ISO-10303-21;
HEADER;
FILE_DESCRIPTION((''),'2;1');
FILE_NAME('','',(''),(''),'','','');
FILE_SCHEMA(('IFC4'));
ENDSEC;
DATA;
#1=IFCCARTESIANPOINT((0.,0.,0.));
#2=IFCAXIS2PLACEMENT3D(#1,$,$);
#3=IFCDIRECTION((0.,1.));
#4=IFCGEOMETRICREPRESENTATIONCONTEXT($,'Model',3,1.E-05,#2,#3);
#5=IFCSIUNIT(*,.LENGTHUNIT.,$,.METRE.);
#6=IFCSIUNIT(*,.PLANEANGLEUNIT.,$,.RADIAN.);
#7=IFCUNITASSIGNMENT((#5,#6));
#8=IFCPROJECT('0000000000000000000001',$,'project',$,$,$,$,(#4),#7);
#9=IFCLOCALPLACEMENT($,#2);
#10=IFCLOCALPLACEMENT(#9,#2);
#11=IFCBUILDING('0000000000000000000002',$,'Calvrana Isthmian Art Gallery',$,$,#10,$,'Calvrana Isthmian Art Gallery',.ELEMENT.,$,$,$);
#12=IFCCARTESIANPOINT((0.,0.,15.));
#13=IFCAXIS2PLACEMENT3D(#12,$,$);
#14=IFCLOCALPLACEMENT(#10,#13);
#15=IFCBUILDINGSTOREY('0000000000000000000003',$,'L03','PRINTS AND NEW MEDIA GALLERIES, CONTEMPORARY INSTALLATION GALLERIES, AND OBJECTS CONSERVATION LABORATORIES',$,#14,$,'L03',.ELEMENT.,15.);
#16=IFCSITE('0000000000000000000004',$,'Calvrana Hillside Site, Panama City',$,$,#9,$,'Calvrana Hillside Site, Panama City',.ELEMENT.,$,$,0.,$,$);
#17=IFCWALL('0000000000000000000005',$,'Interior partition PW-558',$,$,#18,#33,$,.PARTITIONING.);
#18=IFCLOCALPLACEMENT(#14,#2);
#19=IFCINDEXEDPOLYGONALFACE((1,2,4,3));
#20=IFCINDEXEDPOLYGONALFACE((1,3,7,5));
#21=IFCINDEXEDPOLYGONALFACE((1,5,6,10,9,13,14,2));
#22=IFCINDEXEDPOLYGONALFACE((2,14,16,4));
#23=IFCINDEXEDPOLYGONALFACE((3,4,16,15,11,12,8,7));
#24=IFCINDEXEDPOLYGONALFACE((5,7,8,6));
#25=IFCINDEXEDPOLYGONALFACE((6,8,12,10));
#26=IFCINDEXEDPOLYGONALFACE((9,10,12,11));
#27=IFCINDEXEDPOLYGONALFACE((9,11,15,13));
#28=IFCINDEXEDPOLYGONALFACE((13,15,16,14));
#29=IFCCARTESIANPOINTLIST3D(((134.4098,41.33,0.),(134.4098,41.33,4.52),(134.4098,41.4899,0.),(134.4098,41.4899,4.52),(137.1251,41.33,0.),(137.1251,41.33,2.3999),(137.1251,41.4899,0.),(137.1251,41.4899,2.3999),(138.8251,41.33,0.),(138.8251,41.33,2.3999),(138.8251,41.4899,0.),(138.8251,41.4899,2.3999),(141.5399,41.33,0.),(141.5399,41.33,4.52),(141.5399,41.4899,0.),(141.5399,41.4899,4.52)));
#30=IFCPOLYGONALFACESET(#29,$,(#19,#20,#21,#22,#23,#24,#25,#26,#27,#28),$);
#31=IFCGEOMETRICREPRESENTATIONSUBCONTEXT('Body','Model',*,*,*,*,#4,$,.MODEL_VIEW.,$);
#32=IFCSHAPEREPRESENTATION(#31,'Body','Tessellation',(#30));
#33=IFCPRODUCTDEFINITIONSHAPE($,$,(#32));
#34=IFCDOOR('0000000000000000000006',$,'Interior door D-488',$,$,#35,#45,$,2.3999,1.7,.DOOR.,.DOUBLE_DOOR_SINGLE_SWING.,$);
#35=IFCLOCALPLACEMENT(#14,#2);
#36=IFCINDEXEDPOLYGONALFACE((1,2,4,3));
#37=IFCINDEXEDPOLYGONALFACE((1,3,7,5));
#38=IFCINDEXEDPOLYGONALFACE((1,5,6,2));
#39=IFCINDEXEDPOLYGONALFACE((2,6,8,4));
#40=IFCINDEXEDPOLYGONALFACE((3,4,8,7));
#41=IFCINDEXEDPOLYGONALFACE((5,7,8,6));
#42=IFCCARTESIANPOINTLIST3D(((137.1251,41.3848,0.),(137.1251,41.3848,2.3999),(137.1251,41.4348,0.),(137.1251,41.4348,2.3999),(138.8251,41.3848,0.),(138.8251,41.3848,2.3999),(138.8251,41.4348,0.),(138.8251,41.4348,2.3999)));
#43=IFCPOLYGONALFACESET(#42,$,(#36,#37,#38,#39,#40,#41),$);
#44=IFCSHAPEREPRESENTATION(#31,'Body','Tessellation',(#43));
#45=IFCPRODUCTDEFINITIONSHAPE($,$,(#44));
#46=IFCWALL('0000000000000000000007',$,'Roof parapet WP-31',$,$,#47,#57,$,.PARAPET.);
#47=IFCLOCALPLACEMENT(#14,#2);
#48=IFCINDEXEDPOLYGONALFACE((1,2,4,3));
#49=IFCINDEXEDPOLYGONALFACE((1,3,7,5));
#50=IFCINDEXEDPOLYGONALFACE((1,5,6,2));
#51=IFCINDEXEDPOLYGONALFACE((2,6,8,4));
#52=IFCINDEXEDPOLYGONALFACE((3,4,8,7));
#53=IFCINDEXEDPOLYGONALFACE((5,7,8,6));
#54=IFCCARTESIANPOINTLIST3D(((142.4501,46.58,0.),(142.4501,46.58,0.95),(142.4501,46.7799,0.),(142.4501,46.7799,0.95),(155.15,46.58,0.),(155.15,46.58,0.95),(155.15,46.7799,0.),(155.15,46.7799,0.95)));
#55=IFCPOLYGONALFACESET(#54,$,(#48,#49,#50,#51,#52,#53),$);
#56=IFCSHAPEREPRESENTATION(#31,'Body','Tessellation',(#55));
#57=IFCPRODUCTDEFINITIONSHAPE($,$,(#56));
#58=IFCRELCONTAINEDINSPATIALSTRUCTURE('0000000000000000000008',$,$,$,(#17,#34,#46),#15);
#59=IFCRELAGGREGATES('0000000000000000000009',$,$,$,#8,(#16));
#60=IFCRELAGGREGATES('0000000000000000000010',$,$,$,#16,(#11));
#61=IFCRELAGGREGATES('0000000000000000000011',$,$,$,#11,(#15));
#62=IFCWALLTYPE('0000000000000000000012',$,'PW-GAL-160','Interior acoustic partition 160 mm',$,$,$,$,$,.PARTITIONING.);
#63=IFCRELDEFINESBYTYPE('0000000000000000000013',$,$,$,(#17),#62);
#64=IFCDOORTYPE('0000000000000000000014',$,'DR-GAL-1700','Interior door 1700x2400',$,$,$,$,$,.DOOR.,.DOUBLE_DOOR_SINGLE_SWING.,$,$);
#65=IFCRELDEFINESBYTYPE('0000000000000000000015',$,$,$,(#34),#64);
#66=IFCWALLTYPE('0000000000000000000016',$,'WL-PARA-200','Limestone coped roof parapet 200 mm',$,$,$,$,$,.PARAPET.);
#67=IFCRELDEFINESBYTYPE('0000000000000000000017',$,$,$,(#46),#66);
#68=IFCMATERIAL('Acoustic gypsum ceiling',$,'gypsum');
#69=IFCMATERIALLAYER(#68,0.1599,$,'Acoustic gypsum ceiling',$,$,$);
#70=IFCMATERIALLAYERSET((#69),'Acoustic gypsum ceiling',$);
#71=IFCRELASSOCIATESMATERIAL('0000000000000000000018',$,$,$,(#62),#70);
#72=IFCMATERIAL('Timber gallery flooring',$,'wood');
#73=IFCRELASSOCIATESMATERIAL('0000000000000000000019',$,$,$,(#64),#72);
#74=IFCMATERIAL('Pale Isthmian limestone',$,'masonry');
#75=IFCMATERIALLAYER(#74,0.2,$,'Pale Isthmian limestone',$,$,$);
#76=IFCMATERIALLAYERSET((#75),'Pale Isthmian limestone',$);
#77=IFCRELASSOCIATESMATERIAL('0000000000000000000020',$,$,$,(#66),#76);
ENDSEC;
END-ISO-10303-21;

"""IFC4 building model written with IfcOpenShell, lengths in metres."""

from ifc_helpers import new_model, si_unit, direction, frame, frame_2d, origin, place, context, subcontext, project, spatial, rectangle, extrude, material, layer, layer_set, type_object, element, fill, save


model = new_model("IFC4")

# Units and contexts
model_context = context("Model", 3, precision=1e-05, world=origin(), true_north=direction((0.0, 1.0)))
body_context = subcontext(model_context, "Body", "Model", "MODEL_VIEW")
ifc_project = project(units=[si_unit("LENGTHUNIT", "METRE"), si_unit("PLANEANGLEUNIT", "RADIAN")], contexts=[model_context])

# Site, building, storey
site_placement = place(None, origin())
site = spatial("IfcSite", under=ifc_project, at=site_placement, Name="Calvrana Hillside Site, Panama City", LongName="Calvrana Hillside Site, Panama City", CompositionType="ELEMENT", RefElevation=0.0)
building_placement = place(site_placement, origin())
building = spatial("IfcBuilding", under=site, at=building_placement, Name="Calvrana Isthmian Art Gallery", LongName="Calvrana Isthmian Art Gallery", CompositionType="ELEMENT")
storey_placement = place(building_placement, frame((0.0, 0.0, 15.0)))
storey = spatial("IfcBuildingStorey", under=building, at=storey_placement, Name="L03", Description="PRINTS AND NEW MEDIA GALLERIES, CONTEMPORARY INSTALLATION GALLERIES, AND OBJECTS CONSERVATION LABORATORIES", LongName="L03", CompositionType="ELEMENT", Elevation=15.0)

# Shared definitions
ifc_material_1 = material(Name="Pale Isthmian limestone", Category="masonry")

# Shared definitions
ifc_material_2 = material(Name="Acoustic gypsum ceiling", Category="gypsum")
ifc_layer_1 = layer(ifc_material_2, 0.1599, Name="Acoustic gypsum ceiling")
ifc_layer_set_1 = layer_set([ifc_layer_1], Name="Acoustic gypsum ceiling")
wall_type_1 = type_object("IfcWallType", Name="PW-GAL-160", Description="Interior acoustic partition 160 mm", PredefinedType="PARTITIONING", material=ifc_layer_set_1)

# Wall, opening, door
wall_1_placement = place(storey_placement, frame((134.4099, 41.4099, 0.0), z_axis=(0.0, 0.0, 1.0), x_axis=(1.0, 0.0, 0.0)))
wall_1 = element("IfcWall", 1, at=wall_1_placement, inside=storey, type_object=wall_type_1, Name="Interior partition PW-558", PredefinedType="PARTITIONING", context=body_context, shape_type="SweptSolid", body=[
    extrude(rectangle(XDim=7.1301, YDim=0.1599, at=frame_2d((3.5649, 0.0))), origin(), (0.0, 0.0, 1.0), 4.52),
])
opening_1_placement = place(wall_1_placement, frame((2.7151, 0.0, 0.0)))
opening_1 = element("IfcOpeningElement", 2, at=opening_1_placement, cuts=wall_1, PredefinedType="OPENING", context=body_context, shape_type="SweptSolid", body=[
    extrude(rectangle(XDim=1.7, YDim=2.3999, at=frame_2d((0.8501, 1.2))), frame((0.0, 0.0903, 0.0), z_axis=(0.0, -1.0, 0.0), x_axis=(1.0, 0.0, 0.0)), (0.0, 0.0, 1.0), 0.1804),
])
ifc_material_3 = material(Name="Timber gallery flooring", Category="wood")
door_type = type_object("IfcDoorType", Name="DR-GAL-1700", Description="Interior door 1700x2400", OperationType="DOUBLE_DOOR_SINGLE_SWING", PredefinedType="DOOR", material=ifc_material_3)
door_placement = place(opening_1_placement, origin())
door = element("IfcDoor", 3, at=door_placement, inside=storey, type_object=door_type, Name="Interior door D-488", OperationType="DOUBLE_DOOR_SINGLE_SWING", OverallHeight=2.3999, OverallWidth=1.7, PredefinedType="DOOR", context=body_context, shape_type="SweptSolid", body=[
    extrude(rectangle(XDim=1.7, YDim=2.3999, at=frame_2d((0.8501, 1.2))), frame((0.0, 0.0249, 0.0), z_axis=(0.0, -1.0, 0.0), x_axis=(1.0, 0.0, 0.0)), (0.0, 0.0, 1.0), 0.05),
])
fill(opening_1, door)

# Wall
ifc_layer_2 = layer(ifc_material_1, 0.2, Name="Pale Isthmian limestone")
ifc_layer_set_2 = layer_set([ifc_layer_2], Name="Pale Isthmian limestone")
wall_type_2 = type_object("IfcWallType", Name="WL-PARA-200", Description="Limestone coped roof parapet 200 mm", PredefinedType="PARAPET", material=ifc_layer_set_2)
wall_2_placement = place(storey_placement, frame((142.45, 46.6799, 0.0), z_axis=(0.0, 0.0, 1.0), x_axis=(1.0, 0.0, 0.0)))
element("IfcWall", 4, at=wall_2_placement, inside=storey, type_object=wall_type_2, Name="Roof parapet WP-31", PredefinedType="PARAPET", context=body_context, shape_type="SweptSolid", body=[
    extrude(rectangle(XDim=12.7, YDim=0.2, at=frame_2d((6.3501, 0.0))), origin(), (0.0, 0.0, 1.0), 0.95),
])

save(model, "model.ifc")
